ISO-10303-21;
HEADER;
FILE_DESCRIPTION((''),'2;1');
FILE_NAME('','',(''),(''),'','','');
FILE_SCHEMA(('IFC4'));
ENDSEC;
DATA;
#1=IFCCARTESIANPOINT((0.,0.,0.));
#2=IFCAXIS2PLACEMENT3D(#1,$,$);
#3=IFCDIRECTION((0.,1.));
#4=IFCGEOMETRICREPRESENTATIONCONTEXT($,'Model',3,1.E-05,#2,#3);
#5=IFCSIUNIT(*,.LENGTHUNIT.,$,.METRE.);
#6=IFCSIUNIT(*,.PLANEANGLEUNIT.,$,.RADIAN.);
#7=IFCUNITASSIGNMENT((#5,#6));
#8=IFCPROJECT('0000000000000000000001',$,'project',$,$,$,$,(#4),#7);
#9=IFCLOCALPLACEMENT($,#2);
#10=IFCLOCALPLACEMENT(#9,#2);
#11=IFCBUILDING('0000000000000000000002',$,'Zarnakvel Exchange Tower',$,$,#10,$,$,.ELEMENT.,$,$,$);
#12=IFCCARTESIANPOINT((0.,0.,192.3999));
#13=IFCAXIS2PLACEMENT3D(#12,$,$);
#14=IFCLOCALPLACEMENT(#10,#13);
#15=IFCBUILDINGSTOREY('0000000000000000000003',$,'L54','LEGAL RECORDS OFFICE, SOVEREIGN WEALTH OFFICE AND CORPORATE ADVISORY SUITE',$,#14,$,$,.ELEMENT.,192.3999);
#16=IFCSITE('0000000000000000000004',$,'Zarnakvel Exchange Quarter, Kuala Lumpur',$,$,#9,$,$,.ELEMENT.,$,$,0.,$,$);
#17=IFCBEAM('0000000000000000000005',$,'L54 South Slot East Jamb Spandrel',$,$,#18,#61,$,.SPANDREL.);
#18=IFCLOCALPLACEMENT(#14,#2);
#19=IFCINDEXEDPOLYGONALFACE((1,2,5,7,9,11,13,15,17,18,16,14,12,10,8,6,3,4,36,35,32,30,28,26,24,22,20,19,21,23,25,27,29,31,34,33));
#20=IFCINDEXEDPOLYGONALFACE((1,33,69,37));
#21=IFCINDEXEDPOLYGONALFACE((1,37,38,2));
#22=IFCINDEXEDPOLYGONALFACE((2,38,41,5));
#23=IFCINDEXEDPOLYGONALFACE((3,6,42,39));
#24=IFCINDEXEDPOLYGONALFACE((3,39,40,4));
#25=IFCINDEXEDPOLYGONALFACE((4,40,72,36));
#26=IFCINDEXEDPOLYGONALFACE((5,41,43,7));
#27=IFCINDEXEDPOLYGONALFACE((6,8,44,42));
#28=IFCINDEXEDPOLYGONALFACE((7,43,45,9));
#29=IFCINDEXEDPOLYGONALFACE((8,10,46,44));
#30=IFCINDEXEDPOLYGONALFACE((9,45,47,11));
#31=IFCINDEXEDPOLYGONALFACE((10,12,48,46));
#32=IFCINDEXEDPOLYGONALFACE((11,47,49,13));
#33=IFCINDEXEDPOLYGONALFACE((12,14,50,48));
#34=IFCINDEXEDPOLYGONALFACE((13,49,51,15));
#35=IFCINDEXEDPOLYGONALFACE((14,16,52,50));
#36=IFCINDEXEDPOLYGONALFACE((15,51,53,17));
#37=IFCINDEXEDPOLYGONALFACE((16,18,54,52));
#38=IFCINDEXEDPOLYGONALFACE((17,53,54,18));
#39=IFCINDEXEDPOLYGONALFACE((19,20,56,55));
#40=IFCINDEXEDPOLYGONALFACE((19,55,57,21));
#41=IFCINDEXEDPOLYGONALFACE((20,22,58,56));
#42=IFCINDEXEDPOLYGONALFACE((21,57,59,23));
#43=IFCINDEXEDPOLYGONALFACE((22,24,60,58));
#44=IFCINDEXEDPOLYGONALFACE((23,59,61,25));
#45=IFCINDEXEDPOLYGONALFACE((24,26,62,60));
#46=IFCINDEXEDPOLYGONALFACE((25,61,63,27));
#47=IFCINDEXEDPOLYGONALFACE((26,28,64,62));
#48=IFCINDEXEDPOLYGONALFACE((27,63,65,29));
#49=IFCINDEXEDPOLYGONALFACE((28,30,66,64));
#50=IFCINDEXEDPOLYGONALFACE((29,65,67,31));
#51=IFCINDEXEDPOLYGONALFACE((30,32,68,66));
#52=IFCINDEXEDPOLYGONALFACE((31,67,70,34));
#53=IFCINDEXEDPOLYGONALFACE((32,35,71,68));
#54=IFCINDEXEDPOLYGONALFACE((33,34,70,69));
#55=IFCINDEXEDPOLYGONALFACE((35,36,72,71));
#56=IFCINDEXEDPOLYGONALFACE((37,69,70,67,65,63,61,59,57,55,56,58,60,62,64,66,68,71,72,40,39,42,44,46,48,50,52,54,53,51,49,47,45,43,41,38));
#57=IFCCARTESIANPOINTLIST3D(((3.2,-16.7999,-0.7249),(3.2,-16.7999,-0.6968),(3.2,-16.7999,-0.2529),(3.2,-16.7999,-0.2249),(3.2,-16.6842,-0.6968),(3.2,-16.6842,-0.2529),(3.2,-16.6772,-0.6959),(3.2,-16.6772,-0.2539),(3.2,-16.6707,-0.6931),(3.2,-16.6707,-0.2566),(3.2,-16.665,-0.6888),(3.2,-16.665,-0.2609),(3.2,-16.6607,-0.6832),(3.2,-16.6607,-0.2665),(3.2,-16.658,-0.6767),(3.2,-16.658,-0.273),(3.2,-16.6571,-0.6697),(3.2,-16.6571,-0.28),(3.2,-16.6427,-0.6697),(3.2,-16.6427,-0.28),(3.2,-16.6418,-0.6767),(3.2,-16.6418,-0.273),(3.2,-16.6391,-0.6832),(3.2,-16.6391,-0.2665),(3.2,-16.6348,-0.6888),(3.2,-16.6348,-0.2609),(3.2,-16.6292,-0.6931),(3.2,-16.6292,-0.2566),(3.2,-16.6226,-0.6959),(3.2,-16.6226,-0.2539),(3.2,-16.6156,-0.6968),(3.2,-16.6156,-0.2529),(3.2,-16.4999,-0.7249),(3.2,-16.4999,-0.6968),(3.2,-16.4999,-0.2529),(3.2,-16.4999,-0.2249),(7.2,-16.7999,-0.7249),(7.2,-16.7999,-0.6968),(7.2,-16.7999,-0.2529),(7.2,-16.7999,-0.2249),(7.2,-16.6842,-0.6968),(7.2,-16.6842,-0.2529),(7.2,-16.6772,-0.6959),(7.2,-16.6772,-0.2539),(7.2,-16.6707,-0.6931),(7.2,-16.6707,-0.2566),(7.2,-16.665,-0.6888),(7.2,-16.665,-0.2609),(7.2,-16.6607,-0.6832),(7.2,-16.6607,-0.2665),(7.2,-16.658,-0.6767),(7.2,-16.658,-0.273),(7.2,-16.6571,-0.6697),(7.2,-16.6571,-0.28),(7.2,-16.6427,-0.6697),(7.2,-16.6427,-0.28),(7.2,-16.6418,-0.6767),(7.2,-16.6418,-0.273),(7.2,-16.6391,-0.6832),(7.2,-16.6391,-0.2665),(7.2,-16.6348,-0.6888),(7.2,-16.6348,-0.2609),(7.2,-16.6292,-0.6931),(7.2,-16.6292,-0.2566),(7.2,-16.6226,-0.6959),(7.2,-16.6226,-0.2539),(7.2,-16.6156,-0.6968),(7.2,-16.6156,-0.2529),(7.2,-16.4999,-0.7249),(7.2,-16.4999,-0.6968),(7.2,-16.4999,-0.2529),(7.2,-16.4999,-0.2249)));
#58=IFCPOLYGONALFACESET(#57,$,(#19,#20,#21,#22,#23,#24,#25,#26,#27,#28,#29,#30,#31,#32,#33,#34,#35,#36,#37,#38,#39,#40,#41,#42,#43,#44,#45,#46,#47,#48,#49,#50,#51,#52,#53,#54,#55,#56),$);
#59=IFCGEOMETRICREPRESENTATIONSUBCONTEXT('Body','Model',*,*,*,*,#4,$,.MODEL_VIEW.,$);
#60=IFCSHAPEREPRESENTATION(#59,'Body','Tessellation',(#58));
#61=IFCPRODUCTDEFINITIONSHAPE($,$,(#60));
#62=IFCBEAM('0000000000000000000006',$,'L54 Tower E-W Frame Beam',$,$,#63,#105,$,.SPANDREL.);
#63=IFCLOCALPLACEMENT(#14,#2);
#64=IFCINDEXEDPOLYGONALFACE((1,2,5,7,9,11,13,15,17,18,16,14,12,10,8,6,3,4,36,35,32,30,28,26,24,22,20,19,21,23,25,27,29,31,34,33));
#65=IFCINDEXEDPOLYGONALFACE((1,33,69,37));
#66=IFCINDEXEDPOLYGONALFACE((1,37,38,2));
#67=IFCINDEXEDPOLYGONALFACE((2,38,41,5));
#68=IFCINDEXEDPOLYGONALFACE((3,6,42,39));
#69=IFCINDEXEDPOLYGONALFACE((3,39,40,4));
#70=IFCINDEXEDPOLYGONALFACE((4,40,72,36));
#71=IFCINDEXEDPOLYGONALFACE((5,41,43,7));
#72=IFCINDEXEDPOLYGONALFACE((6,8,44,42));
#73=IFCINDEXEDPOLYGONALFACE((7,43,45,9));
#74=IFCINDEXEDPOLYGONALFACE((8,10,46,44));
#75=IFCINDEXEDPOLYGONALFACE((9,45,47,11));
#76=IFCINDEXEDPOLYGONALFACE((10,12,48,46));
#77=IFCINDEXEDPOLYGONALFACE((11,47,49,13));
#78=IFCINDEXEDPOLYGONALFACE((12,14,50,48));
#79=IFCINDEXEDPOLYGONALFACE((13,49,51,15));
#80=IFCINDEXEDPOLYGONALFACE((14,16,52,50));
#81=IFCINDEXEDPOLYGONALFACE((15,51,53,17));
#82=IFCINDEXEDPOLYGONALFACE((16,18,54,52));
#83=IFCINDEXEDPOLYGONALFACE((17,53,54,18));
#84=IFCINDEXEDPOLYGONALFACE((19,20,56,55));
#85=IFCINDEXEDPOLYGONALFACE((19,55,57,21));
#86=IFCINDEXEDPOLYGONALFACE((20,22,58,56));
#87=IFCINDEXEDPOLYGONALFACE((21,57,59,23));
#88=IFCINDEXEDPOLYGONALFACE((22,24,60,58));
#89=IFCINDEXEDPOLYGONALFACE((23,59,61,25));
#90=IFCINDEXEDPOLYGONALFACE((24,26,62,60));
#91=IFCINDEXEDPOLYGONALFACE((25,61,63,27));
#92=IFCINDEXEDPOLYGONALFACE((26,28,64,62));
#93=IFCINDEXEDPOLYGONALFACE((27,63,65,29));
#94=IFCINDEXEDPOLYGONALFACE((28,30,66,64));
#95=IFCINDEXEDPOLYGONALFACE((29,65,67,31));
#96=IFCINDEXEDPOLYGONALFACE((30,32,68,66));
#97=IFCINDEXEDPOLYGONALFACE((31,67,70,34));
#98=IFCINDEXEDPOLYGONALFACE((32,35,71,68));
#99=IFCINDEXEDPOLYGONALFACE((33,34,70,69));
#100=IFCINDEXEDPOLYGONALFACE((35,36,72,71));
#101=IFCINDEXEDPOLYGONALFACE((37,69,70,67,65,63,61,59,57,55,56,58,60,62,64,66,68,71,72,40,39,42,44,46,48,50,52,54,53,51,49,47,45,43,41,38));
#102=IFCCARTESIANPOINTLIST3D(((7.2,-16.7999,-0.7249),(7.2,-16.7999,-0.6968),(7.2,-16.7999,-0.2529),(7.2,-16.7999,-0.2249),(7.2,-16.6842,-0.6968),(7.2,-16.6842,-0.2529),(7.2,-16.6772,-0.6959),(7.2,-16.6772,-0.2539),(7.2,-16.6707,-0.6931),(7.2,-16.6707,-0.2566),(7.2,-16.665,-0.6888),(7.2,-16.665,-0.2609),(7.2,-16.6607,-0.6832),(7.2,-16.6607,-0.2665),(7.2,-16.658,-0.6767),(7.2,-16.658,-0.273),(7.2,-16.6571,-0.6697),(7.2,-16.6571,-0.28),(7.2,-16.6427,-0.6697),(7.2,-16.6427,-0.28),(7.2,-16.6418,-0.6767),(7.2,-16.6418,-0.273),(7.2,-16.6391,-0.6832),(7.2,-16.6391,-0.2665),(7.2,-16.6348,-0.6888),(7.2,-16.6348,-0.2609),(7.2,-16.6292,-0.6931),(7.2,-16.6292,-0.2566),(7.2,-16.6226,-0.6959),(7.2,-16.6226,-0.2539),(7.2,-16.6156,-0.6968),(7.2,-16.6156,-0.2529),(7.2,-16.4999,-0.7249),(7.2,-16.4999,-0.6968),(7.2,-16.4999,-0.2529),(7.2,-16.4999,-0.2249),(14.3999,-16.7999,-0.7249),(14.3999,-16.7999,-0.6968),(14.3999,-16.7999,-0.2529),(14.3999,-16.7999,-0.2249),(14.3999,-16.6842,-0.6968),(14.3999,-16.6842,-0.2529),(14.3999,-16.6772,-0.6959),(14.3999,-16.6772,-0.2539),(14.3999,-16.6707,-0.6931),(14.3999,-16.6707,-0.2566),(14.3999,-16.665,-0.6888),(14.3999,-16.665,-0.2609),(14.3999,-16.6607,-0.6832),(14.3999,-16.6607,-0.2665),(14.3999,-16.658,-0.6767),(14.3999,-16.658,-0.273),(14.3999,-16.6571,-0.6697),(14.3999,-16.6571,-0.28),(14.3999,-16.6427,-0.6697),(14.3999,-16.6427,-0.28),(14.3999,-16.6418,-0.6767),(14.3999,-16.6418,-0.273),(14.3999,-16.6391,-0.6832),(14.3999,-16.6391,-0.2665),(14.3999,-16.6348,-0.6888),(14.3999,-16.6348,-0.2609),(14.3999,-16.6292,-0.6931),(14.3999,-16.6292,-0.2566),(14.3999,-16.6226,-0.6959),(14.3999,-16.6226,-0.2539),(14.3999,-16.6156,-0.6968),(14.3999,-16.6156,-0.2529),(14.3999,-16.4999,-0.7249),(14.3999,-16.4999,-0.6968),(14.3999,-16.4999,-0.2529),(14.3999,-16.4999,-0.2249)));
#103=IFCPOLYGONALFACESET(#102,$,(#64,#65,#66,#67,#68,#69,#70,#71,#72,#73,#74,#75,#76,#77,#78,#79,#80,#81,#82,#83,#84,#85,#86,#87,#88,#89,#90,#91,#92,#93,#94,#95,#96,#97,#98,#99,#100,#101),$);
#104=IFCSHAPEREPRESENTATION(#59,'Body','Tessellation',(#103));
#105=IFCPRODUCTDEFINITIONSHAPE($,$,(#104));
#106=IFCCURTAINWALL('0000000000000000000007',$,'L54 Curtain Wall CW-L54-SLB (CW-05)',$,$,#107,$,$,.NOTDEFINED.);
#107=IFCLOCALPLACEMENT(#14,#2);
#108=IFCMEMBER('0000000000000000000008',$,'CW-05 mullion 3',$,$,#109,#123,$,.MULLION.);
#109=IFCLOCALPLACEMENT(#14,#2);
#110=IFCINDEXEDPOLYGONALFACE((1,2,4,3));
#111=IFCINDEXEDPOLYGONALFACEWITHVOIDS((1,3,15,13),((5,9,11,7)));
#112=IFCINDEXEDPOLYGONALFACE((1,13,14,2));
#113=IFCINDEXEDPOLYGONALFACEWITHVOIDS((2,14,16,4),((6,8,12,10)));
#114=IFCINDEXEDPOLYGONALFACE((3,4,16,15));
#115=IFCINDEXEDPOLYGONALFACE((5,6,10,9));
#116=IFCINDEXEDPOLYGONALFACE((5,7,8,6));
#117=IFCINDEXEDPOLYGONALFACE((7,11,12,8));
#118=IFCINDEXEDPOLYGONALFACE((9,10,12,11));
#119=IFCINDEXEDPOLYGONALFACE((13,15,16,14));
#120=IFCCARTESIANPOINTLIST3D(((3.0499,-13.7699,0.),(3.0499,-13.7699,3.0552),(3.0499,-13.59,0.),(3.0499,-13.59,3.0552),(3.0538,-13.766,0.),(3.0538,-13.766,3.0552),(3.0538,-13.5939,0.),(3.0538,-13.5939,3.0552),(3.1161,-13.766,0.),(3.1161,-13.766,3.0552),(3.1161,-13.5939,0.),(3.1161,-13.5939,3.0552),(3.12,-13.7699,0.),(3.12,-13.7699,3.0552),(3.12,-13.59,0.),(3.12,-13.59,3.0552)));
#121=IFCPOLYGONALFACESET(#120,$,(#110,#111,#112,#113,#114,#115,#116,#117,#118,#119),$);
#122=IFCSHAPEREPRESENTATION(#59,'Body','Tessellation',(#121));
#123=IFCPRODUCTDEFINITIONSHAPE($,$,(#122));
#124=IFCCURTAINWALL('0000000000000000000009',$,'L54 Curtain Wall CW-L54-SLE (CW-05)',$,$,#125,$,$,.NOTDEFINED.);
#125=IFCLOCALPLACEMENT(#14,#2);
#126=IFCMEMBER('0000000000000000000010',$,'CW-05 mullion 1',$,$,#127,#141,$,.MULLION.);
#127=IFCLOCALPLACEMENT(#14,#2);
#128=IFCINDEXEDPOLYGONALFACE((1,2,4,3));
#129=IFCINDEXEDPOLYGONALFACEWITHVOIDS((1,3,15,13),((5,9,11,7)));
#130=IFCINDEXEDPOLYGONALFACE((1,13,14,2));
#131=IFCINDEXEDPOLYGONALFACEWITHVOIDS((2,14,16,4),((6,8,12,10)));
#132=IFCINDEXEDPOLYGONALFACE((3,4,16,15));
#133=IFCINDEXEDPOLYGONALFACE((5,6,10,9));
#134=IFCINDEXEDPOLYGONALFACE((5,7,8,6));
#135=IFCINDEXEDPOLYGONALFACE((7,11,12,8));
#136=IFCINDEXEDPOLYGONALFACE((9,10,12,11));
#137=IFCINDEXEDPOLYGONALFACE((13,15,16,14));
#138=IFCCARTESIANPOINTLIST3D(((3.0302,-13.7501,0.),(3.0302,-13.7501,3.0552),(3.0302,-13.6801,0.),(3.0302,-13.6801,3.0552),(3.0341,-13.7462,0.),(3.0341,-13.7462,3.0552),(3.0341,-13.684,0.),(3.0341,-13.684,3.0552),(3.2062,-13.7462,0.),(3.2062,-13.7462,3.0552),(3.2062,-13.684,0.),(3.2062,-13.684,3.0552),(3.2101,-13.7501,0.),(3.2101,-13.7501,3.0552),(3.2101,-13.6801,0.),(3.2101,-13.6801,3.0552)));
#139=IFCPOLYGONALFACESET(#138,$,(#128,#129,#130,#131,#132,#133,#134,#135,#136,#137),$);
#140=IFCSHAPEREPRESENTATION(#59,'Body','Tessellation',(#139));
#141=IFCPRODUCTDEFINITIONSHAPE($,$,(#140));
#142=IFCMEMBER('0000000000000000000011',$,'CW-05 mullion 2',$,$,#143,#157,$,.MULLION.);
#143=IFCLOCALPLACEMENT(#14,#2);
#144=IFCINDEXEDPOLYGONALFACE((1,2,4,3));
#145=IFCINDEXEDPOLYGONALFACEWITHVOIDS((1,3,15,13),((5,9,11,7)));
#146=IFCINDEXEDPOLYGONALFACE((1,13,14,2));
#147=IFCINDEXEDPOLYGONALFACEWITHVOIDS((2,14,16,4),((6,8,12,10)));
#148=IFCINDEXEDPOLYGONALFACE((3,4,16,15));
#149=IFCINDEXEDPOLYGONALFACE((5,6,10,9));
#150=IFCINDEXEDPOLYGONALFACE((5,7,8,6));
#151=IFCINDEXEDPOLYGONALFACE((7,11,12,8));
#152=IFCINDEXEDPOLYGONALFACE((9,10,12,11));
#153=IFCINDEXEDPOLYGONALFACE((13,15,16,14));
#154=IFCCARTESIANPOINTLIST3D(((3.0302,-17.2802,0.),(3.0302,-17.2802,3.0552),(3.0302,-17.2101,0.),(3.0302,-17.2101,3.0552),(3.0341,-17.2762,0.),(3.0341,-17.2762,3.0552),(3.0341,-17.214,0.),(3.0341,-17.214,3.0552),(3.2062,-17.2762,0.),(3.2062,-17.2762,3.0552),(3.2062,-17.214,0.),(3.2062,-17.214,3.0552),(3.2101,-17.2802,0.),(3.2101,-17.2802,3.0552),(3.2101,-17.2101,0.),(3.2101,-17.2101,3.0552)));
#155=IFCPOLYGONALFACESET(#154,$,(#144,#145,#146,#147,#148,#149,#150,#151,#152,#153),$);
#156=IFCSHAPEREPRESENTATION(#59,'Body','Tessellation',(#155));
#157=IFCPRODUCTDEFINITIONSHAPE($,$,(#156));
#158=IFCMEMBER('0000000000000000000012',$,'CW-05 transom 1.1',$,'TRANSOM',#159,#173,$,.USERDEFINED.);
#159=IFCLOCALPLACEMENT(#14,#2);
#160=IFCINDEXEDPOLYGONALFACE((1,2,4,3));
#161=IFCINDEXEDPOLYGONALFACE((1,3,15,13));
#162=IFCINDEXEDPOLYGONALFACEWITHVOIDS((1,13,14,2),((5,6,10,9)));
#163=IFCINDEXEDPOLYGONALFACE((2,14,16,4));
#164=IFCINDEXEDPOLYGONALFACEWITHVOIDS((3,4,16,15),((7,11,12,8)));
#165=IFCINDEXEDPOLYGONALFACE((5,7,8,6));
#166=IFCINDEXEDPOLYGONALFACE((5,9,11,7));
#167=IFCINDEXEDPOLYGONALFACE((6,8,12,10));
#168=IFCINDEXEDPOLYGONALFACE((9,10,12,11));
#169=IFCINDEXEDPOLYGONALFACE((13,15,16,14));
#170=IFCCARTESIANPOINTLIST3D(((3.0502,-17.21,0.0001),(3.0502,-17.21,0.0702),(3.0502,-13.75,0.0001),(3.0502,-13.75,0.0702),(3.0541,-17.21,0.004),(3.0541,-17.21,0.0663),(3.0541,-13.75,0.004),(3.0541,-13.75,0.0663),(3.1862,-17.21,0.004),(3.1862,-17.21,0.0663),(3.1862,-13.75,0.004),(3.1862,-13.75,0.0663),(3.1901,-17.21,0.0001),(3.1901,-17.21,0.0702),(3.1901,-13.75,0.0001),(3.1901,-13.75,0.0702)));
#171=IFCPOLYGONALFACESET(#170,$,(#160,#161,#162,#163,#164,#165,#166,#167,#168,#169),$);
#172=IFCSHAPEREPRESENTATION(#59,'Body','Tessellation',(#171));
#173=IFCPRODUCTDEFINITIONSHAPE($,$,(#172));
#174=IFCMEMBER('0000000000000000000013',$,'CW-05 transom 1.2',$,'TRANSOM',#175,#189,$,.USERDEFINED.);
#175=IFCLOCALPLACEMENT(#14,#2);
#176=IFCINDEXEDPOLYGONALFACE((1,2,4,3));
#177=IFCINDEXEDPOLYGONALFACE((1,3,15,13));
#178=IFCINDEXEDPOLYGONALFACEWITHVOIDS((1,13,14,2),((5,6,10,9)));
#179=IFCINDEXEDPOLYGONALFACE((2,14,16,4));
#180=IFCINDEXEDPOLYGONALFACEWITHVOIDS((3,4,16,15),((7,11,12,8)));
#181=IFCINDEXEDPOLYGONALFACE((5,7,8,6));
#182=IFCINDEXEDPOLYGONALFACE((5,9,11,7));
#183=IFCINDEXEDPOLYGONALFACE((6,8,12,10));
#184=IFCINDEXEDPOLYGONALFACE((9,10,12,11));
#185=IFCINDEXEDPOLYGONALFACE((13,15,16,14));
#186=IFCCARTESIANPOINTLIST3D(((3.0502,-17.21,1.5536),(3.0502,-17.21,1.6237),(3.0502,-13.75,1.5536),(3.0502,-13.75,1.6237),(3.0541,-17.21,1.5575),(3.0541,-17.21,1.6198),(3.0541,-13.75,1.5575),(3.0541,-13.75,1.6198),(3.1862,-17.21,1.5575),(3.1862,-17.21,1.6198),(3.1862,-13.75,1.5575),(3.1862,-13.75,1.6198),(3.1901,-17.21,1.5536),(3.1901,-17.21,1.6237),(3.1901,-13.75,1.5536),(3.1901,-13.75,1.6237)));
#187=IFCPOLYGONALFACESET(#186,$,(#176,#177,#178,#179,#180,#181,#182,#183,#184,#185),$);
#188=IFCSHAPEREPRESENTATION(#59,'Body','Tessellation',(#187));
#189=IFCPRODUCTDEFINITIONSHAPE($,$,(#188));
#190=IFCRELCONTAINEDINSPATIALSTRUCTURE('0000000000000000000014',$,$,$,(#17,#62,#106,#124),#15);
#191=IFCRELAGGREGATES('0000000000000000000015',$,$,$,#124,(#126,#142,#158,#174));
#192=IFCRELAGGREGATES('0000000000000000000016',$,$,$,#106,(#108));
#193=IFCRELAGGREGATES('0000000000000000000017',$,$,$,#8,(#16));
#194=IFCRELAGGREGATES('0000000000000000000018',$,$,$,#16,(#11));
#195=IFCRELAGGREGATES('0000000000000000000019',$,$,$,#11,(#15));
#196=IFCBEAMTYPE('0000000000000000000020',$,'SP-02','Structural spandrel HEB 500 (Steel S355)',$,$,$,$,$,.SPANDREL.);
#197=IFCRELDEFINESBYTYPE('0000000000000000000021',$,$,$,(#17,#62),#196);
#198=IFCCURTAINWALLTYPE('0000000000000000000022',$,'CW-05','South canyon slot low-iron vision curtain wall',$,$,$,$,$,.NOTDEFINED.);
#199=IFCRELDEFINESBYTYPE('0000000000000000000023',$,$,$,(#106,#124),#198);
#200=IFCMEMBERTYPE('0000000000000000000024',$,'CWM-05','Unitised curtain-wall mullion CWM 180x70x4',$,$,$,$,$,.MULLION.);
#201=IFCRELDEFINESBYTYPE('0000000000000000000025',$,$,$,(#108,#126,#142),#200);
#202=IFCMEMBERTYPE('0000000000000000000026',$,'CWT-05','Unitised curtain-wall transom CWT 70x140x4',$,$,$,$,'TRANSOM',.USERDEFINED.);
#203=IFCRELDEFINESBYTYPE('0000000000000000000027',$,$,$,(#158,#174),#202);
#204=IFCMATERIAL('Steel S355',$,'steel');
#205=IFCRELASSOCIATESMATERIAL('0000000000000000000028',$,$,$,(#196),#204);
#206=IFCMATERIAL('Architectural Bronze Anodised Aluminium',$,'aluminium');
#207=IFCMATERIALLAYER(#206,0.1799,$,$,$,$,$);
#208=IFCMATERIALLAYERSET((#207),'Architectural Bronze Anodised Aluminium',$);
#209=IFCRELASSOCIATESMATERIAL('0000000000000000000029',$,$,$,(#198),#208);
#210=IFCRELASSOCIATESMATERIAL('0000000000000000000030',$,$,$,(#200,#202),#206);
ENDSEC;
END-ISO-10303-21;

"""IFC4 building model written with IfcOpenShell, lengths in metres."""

from ifc_helpers import new_model, si_unit, direction, frame, origin, origin_2d, place, context, subcontext, project, spatial, hollow_rectangle, i_section, extrude, source, transform, mapped, material, layer, layer_set, material_profile, profile_set, type_object, element, aggregate, save


model = new_model("IFC4")

# Units and contexts
model_context = context("Model", 3, precision=1e-05, world=origin(), true_north=direction((0.0, 1.0)))
body_context = subcontext(model_context, "Body", "Model", "MODEL_VIEW")
ifc_project = project(units=[si_unit("LENGTHUNIT", "METRE"), si_unit("PLANEANGLEUNIT", "RADIAN")], contexts=[model_context])

# Site, building, storey
site_placement = place(None, origin())
site = spatial("IfcSite", under=ifc_project, at=site_placement, Name="Zarnakvel Exchange Quarter, Kuala Lumpur", CompositionType="ELEMENT", RefElevation=0.0)
building_placement = place(site_placement, origin())
building = spatial("IfcBuilding", under=site, at=building_placement, Name="Zarnakvel Exchange Tower", CompositionType="ELEMENT")
storey_placement = place(building_placement, frame((0.0, 0.0, 192.3999)))
storey = spatial("IfcBuildingStorey", under=building, at=storey_placement, Name="L54", Description="LEGAL RECORDS OFFICE, SOVEREIGN WEALTH OFFICE AND CORPORATE ADVISORY SUITE", CompositionType="ELEMENT", Elevation=192.3999)

# Beams
ifc_material_1 = material(Name="Steel S355", Category="steel")
ifc_material_profile_1 = material_profile(ifc_material_1, i_section(OverallWidth=0.3, OverallDepth=0.5, WebThickness=0.0144, FlangeThickness=0.0281, FilletRadius=0.0271, at=origin_2d()))
ifc_profile_set_1 = profile_set([ifc_material_profile_1], Name="Steel S355")
beam_type_1 = type_object("IfcBeamType", Name="SP-02", Description="Structural spandrel HEB 500 (Steel S355)", PredefinedType="SPANDREL", material=ifc_profile_set_1)
beam_1_placement = place(storey_placement, frame((3.2, -16.6499, -0.4749), z_axis=(1.0, 0.0, 0.0), x_axis=(0.0, 1.0, 0.0)))
element("IfcBeam", 1, at=beam_1_placement, inside=storey, type_object=beam_type_1, Name="L54 South Slot East Jamb Spandrel", PredefinedType="SPANDREL", context=body_context, shape_type="SweptSolid", body=[
    extrude(i_section(OverallWidth=0.3, OverallDepth=0.5, WebThickness=0.0144, FlangeThickness=0.0281, FilletRadius=0.0271, at=origin_2d()), origin(), (0.0, 0.0, 1.0), 4.0),
])
beam_2_placement = place(storey_placement, frame((7.2, -16.6499, -0.4749), z_axis=(1.0, 0.0, 0.0), x_axis=(0.0, 1.0, 0.0)))
element("IfcBeam", 2, at=beam_2_placement, inside=storey, type_object=beam_type_1, Name="L54 Tower E-W Frame Beam", PredefinedType="SPANDREL", context=body_context, shape_type="SweptSolid", body=[
    extrude(i_section(OverallWidth=0.3, OverallDepth=0.5, WebThickness=0.0144, FlangeThickness=0.0281, FilletRadius=0.0271, at=origin_2d()), origin(), (0.0, 0.0, 1.0), 7.2),
])

# Curtain wall, member
ifc_material_2 = material(Name="Architectural Bronze Anodised Aluminium", Category="aluminium")
ifc_layer_1 = layer(ifc_material_2, 0.1799)
ifc_layer_set_1 = layer_set([ifc_layer_1], Name="Architectural Bronze Anodised Aluminium")
curtain_wall_type = type_object("IfcCurtainWallType", Name="CW-05", Description="South canyon slot low-iron vision curtain wall", PredefinedType="NOTDEFINED", material=ifc_layer_set_1)
curtain_wall_1_placement = place(storey_placement, origin())
curtain_wall_1 = element("IfcCurtainWall", 3, at=curtain_wall_1_placement, inside=storey, type_object=curtain_wall_type, Name="L54 Curtain Wall CW-L54-SLB (CW-05)", PredefinedType="NOTDEFINED")
ifc_material_profile_2 = material_profile(ifc_material_2, hollow_rectangle(XDim=0.1799, YDim=0.0701, WallThickness=0.0039, at=origin_2d()))
ifc_profile_set_2 = profile_set([ifc_material_profile_2], Name="Architectural Bronze Anodised Aluminium")
member_type_1 = type_object("IfcMemberType", Name="CWM-05", Description="Unitised curtain-wall mullion CWM 180x70x4", PredefinedType="MULLION", material=ifc_profile_set_2)
shared_shape_1 = source(origin(), body_context, "Body", "SweptSolid", [
    extrude(hollow_rectangle(XDim=0.1799, YDim=0.0701, WallThickness=0.0039, at=origin_2d()), origin(), (0.0, 0.0, 1.0), 3.0552),
])
member_1_placement = place(storey_placement, frame((3.085, -13.6799, 0.0), z_axis=(0.0, 0.0, 1.0), x_axis=(0.0, 1.0, 0.0)))
member_1 = element("IfcMember", 4, at=member_1_placement, type_object=member_type_1, Name="CW-05 mullion 3", PredefinedType="MULLION", context=body_context, shape_type="MappedRepresentation", body=[
    mapped(shared_shape_1, transform((0.0, 0.0, 0.0), x_axis=(1.0, 0.0, 0.0), y_axis=(0.0, 1.0, 0.0), z_axis=(0.0, 0.0, 1.0), scale=1.0)),
])

# Curtain wall, members
curtain_wall_2_placement = place(storey_placement, origin())
curtain_wall_2 = element("IfcCurtainWall", 5, at=curtain_wall_2_placement, inside=storey, type_object=curtain_wall_type, Name="L54 Curtain Wall CW-L54-SLE (CW-05)", PredefinedType="NOTDEFINED")
member_2_placement = place(storey_placement, frame((3.1201, -13.7151, 0.0), z_axis=(0.0, 0.0, 1.0), x_axis=(1.0, 0.0, 0.0)))
member_2 = element("IfcMember", 6, at=member_2_placement, type_object=member_type_1, Name="CW-05 mullion 1", PredefinedType="MULLION", context=body_context, shape_type="MappedRepresentation", body=[
    mapped(shared_shape_1, transform((0.0, 0.0, 0.0), x_axis=(1.0, 0.0, 0.0), y_axis=(0.0, 1.0, 0.0), z_axis=(0.0, 0.0, 1.0), scale=1.0)),
])
member_3_placement = place(storey_placement, frame((3.1201, -17.2451, 0.0), z_axis=(0.0, 0.0, 1.0), x_axis=(1.0, 0.0, 0.0)))
member_3 = element("IfcMember", 7, at=member_3_placement, type_object=member_type_1, Name="CW-05 mullion 2", PredefinedType="MULLION", context=body_context, shape_type="MappedRepresentation", body=[
    mapped(shared_shape_1, transform((0.0, 0.0, 0.0), x_axis=(1.0, 0.0, 0.0), y_axis=(0.0, 1.0, 0.0), z_axis=(0.0, 0.0, 1.0), scale=1.0)),
])
ifc_material_profile_3 = material_profile(ifc_material_2, hollow_rectangle(XDim=0.1399, YDim=0.0701, WallThickness=0.0039, at=origin_2d()))
ifc_profile_set_3 = profile_set([ifc_material_profile_3], Name="Architectural Bronze Anodised Aluminium")
member_type_2 = type_object("IfcMemberType", Name="CWT-05", Description="Unitised curtain-wall transom CWT 70x140x4", ElementType="TRANSOM", PredefinedType="USERDEFINED", material=ifc_profile_set_3)
shared_shape_2 = source(origin(), body_context, "Body", "SweptSolid", [
    extrude(hollow_rectangle(XDim=0.1399, YDim=0.0701, WallThickness=0.0039, at=origin_2d()), origin(), (0.0, 0.0, 1.0), 3.46),
])
member_4_placement = place(storey_placement, frame((3.1201, -13.75, 0.0352), z_axis=(0.0, -1.0, 0.0), x_axis=(1.0, 0.0, 0.0)))
member_4 = element("IfcMember", 8, at=member_4_placement, type_object=member_type_2, Name="CW-05 transom 1.1", ObjectType="TRANSOM", PredefinedType="USERDEFINED", context=body_context, shape_type="MappedRepresentation", body=[
    mapped(shared_shape_2, transform((0.0, 0.0, 0.0), x_axis=(1.0, 0.0, 0.0), y_axis=(0.0, 1.0, 0.0), z_axis=(0.0, 0.0, 1.0), scale=1.0)),
])
member_5_placement = place(storey_placement, frame((3.1201, -13.75, 1.5886), z_axis=(0.0, -1.0, 0.0), x_axis=(1.0, 0.0, 0.0)))
member_5 = element("IfcMember", 9, at=member_5_placement, type_object=member_type_2, Name="CW-05 transom 1.2", ObjectType="TRANSOM", PredefinedType="USERDEFINED", context=body_context, shape_type="MappedRepresentation", body=[
    mapped(shared_shape_2, transform((0.0, 0.0, 0.0), x_axis=(1.0, 0.0, 0.0), y_axis=(0.0, 1.0, 0.0), z_axis=(0.0, 0.0, 1.0), scale=1.0)),
])

aggregate(curtain_wall_2, [member_2, member_3, member_4, member_5])
aggregate(curtain_wall_1, [member_1])

save(model, "model.ifc")
